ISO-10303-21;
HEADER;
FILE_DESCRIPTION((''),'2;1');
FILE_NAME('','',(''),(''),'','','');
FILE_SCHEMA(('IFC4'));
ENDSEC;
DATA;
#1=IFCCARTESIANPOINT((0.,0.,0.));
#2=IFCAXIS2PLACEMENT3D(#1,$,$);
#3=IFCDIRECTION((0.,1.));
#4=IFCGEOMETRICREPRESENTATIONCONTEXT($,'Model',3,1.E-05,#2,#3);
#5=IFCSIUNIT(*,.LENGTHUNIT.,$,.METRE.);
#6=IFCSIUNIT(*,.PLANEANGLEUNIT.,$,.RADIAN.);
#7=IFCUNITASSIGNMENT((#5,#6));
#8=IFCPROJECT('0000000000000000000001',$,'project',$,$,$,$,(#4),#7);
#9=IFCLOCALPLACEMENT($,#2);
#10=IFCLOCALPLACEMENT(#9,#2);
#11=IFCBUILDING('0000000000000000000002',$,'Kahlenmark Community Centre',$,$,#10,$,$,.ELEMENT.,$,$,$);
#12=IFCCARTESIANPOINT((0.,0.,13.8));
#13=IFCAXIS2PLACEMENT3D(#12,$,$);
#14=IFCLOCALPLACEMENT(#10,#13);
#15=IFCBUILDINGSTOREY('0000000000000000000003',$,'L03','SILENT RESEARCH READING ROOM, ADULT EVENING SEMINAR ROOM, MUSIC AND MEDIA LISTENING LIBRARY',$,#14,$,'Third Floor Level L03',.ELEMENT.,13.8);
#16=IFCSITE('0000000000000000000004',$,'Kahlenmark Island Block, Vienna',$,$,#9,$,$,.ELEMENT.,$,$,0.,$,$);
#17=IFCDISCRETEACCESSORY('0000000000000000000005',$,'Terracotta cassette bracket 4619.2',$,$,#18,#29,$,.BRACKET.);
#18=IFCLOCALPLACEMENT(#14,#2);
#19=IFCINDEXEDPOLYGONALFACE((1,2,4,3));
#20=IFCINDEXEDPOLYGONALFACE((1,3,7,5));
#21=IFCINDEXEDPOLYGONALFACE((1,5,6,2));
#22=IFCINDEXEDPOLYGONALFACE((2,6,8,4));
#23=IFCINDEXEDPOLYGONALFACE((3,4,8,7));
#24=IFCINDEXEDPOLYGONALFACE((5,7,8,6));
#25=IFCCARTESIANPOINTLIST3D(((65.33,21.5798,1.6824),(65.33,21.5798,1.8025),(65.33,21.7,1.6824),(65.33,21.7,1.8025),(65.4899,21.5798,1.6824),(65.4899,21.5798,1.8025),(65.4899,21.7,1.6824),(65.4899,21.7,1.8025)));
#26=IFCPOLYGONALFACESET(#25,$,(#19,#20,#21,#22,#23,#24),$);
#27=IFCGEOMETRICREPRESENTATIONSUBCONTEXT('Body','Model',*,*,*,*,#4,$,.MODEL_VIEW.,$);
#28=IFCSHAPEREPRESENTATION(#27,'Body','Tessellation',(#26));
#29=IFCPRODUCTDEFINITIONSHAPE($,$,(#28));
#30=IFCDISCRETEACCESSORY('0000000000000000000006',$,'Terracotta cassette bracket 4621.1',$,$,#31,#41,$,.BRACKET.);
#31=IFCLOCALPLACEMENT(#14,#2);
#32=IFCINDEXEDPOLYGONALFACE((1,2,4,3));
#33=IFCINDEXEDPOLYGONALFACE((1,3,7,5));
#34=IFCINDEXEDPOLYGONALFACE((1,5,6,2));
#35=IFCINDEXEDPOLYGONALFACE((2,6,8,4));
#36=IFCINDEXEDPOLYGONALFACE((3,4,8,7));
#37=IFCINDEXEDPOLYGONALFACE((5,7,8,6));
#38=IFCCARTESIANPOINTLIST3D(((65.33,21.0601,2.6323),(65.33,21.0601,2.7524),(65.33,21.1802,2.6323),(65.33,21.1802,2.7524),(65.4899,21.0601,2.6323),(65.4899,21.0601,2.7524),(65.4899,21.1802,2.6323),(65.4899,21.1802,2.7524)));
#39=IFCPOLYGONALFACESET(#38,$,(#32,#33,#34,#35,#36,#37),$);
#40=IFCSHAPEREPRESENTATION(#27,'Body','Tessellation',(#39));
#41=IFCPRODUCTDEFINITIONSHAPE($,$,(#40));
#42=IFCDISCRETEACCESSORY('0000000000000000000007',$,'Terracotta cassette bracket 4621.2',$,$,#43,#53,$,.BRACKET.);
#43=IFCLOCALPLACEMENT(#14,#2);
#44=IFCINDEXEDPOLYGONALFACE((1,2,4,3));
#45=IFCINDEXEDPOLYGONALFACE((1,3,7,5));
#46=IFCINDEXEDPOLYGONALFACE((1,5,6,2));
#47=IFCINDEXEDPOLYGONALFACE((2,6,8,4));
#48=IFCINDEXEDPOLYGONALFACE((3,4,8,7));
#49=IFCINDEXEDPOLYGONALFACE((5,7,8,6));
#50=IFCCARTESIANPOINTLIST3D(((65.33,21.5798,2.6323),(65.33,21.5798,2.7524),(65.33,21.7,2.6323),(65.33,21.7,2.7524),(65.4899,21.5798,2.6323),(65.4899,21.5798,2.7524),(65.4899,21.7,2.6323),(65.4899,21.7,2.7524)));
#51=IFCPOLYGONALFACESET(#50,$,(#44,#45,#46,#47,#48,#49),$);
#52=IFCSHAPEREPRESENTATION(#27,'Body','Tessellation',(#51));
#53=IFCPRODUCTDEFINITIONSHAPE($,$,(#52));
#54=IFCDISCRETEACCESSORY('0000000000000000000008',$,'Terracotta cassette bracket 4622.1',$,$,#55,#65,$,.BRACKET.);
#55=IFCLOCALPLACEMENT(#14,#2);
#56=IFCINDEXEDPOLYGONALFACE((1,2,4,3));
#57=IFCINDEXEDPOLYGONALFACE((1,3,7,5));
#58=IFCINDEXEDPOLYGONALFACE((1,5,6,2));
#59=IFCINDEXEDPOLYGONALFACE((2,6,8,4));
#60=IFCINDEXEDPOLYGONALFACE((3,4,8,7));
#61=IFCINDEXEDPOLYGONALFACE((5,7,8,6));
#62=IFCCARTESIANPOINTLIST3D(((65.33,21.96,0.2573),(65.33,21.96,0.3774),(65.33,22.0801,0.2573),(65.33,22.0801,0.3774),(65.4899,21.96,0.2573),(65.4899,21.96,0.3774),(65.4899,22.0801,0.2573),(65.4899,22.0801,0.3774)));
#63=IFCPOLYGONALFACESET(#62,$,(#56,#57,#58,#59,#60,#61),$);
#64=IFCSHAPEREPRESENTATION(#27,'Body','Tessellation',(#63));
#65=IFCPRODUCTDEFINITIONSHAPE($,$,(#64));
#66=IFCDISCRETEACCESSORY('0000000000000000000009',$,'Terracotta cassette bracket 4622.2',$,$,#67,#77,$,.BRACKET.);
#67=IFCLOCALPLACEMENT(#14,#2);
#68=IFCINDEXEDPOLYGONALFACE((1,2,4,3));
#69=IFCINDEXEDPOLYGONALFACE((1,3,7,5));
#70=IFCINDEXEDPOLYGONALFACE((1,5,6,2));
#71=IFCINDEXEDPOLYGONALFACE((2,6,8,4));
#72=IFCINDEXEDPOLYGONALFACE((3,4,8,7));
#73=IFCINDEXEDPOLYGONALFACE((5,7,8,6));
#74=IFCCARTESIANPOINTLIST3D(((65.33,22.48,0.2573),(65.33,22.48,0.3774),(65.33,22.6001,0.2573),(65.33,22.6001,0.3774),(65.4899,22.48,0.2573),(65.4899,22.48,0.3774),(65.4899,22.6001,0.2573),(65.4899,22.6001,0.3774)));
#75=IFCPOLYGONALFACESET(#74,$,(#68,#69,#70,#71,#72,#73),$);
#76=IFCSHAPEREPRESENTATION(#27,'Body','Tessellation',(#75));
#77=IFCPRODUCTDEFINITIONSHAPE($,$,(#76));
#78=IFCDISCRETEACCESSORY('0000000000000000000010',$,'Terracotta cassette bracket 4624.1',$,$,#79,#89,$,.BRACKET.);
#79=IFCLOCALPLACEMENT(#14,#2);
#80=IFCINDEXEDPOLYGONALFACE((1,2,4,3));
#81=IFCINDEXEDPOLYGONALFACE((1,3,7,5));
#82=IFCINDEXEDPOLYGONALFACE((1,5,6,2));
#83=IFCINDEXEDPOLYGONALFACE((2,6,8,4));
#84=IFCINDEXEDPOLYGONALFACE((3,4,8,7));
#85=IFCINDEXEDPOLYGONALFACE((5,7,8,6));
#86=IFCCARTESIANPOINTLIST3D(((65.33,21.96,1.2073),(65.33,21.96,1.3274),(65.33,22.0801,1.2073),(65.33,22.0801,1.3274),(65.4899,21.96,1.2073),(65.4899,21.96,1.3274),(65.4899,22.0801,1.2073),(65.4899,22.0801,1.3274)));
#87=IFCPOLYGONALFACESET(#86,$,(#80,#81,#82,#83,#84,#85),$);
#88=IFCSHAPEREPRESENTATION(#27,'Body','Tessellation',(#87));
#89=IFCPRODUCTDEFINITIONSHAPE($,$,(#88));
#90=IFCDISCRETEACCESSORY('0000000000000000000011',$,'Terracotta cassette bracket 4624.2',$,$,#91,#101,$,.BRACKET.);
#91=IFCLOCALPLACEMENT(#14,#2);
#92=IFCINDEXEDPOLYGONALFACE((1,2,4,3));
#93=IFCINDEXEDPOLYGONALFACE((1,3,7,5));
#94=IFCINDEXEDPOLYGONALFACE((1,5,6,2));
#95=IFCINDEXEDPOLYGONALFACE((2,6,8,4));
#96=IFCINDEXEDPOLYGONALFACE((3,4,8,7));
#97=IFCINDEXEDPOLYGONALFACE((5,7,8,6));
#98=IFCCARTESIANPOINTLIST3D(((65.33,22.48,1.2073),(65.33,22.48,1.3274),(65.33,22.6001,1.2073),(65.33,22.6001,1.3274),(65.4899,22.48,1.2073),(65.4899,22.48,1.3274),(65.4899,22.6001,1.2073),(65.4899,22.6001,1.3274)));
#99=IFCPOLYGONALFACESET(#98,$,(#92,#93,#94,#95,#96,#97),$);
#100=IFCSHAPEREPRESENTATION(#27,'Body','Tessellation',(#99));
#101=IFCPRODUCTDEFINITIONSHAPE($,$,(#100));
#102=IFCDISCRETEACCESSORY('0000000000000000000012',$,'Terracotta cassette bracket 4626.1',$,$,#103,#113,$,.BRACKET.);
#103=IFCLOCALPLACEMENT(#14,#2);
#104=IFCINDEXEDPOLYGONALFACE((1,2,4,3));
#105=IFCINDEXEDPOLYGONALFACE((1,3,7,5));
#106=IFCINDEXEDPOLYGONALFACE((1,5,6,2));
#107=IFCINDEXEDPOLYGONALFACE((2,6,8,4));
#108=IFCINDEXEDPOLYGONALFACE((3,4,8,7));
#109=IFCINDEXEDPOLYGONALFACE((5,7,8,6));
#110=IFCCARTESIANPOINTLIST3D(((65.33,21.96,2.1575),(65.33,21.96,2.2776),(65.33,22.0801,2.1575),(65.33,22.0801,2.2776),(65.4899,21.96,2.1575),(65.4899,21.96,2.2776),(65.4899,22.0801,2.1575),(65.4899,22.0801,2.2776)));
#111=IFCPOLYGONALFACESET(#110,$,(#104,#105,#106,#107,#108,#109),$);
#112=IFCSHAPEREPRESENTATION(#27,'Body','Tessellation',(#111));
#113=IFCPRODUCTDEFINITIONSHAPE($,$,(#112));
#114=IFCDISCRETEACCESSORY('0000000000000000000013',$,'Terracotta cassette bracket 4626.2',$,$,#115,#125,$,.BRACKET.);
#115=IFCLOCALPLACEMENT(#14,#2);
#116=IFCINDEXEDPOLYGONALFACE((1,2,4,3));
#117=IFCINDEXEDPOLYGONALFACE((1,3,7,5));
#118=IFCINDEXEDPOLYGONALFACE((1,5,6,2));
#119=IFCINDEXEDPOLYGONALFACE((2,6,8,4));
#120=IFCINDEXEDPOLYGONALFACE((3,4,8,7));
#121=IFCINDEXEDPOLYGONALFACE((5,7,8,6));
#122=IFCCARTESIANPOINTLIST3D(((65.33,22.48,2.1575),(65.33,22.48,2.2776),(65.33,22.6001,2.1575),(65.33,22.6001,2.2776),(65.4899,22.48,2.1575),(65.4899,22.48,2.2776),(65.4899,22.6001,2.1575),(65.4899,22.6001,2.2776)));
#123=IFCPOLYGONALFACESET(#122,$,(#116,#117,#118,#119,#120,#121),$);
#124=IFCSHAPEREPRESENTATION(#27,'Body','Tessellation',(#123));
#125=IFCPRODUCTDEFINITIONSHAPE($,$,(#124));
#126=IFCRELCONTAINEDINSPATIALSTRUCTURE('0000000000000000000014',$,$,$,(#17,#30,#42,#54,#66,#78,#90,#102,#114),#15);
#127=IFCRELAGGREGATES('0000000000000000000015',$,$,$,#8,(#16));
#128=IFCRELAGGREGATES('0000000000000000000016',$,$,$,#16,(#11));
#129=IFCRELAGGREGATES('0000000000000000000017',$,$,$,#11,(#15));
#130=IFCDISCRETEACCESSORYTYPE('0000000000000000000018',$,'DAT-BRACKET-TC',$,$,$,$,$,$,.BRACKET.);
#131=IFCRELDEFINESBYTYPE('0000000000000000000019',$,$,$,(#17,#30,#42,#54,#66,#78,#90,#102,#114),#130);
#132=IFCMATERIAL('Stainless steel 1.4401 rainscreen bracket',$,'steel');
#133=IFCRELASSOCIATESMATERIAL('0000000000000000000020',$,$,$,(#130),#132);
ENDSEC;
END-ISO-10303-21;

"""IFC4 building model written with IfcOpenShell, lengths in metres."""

from ifc_helpers import new_model, si_unit, direction, frame, origin, origin_2d, place, context, subcontext, project, spatial, rectangle, extrude, material, type_object, element, save


model = new_model("IFC4")

# Units and contexts
model_context = context("Model", 3, precision=1e-05, world=origin(), true_north=direction((0.0, 1.0)))
body_context = subcontext(model_context, "Body", "Model", "MODEL_VIEW")
ifc_project = project(units=[si_unit("LENGTHUNIT", "METRE"), si_unit("PLANEANGLEUNIT", "RADIAN")], contexts=[model_context])

# Site, building, storey
site_placement = place(None, origin())
site = spatial("IfcSite", under=ifc_project, at=site_placement, Name="Kahlenmark Island Block, Vienna", CompositionType="ELEMENT", RefElevation=0.0)
building_placement = place(site_placement, origin())
building = spatial("IfcBuilding", under=site, at=building_placement, Name="Kahlenmark Community Centre", CompositionType="ELEMENT")
storey_placement = place(building_placement, frame((0.0, 0.0, 13.8)))
storey = spatial("IfcBuildingStorey", under=building, at=storey_placement, Name="L03", Description="SILENT RESEARCH READING ROOM, ADULT EVENING SEMINAR ROOM, MUSIC AND MEDIA LISTENING LIBRARY", LongName="Third Floor Level L03", CompositionType="ELEMENT", Elevation=13.8)

# Discrete accessories
ifc_material_1 = material(Name="Stainless steel 1.4401 rainscreen bracket", Category="steel")
discrete_accessory_type = type_object("IfcDiscreteAccessoryType", Name="DAT-BRACKET-TC", PredefinedType="BRACKET", material=ifc_material_1)
for number, where, z_axis, x_axis, name in (
    (1, (65.4099, 21.6399, 1.6824), (0.0, 0.0, 1.0), (0.0, 1.0, 0.0), "Terracotta cassette bracket 4619.2"),
    (2, (65.4099, 21.1201, 2.6323), (0.0, 0.0, 1.0), (0.0, 1.0, 0.0), "Terracotta cassette bracket 4621.1"),
    (3, (65.4099, 21.6399, 2.6323), (0.0, 0.0, 1.0), (0.0, 1.0, 0.0), "Terracotta cassette bracket 4621.2"),
    (4, (65.4099, 22.02, 0.2573), (0.0, 0.0, 1.0), (0.0, 1.0, 0.0), "Terracotta cassette bracket 4622.1"),
    (5, (65.4099, 22.54, 0.2573), (0.0, 0.0, 1.0), (0.0, 1.0, 0.0), "Terracotta cassette bracket 4622.2"),
    (6, (65.4099, 22.02, 1.2073), (0.0, 0.0, 1.0), (0.0, 1.0, 0.0), "Terracotta cassette bracket 4624.1"),
    (7, (65.4099, 22.54, 1.2073), (0.0, 0.0, 1.0), (0.0, 1.0, 0.0), "Terracotta cassette bracket 4624.2"),
    (8, (65.4099, 22.02, 2.1575), (0.0, 0.0, 1.0), (0.0, 1.0, 0.0), "Terracotta cassette bracket 4626.1"),
    (9, (65.4099, 22.54, 2.1575), (0.0, 0.0, 1.0), (0.0, 1.0, 0.0), "Terracotta cassette bracket 4626.2"),
):
    element("IfcDiscreteAccessory", number, at=place(storey_placement, frame(where, z_axis=z_axis, x_axis=x_axis)), inside=storey, type_object=discrete_accessory_type, Name=name, PredefinedType="BRACKET", context=body_context, shape_type="SweptSolid", body=[
        extrude(rectangle(XDim=0.1201, YDim=0.1599, at=origin_2d()), origin(), (0.0, 0.0, 1.0), 0.1201),
    ])

save(model, "model.ifc")
